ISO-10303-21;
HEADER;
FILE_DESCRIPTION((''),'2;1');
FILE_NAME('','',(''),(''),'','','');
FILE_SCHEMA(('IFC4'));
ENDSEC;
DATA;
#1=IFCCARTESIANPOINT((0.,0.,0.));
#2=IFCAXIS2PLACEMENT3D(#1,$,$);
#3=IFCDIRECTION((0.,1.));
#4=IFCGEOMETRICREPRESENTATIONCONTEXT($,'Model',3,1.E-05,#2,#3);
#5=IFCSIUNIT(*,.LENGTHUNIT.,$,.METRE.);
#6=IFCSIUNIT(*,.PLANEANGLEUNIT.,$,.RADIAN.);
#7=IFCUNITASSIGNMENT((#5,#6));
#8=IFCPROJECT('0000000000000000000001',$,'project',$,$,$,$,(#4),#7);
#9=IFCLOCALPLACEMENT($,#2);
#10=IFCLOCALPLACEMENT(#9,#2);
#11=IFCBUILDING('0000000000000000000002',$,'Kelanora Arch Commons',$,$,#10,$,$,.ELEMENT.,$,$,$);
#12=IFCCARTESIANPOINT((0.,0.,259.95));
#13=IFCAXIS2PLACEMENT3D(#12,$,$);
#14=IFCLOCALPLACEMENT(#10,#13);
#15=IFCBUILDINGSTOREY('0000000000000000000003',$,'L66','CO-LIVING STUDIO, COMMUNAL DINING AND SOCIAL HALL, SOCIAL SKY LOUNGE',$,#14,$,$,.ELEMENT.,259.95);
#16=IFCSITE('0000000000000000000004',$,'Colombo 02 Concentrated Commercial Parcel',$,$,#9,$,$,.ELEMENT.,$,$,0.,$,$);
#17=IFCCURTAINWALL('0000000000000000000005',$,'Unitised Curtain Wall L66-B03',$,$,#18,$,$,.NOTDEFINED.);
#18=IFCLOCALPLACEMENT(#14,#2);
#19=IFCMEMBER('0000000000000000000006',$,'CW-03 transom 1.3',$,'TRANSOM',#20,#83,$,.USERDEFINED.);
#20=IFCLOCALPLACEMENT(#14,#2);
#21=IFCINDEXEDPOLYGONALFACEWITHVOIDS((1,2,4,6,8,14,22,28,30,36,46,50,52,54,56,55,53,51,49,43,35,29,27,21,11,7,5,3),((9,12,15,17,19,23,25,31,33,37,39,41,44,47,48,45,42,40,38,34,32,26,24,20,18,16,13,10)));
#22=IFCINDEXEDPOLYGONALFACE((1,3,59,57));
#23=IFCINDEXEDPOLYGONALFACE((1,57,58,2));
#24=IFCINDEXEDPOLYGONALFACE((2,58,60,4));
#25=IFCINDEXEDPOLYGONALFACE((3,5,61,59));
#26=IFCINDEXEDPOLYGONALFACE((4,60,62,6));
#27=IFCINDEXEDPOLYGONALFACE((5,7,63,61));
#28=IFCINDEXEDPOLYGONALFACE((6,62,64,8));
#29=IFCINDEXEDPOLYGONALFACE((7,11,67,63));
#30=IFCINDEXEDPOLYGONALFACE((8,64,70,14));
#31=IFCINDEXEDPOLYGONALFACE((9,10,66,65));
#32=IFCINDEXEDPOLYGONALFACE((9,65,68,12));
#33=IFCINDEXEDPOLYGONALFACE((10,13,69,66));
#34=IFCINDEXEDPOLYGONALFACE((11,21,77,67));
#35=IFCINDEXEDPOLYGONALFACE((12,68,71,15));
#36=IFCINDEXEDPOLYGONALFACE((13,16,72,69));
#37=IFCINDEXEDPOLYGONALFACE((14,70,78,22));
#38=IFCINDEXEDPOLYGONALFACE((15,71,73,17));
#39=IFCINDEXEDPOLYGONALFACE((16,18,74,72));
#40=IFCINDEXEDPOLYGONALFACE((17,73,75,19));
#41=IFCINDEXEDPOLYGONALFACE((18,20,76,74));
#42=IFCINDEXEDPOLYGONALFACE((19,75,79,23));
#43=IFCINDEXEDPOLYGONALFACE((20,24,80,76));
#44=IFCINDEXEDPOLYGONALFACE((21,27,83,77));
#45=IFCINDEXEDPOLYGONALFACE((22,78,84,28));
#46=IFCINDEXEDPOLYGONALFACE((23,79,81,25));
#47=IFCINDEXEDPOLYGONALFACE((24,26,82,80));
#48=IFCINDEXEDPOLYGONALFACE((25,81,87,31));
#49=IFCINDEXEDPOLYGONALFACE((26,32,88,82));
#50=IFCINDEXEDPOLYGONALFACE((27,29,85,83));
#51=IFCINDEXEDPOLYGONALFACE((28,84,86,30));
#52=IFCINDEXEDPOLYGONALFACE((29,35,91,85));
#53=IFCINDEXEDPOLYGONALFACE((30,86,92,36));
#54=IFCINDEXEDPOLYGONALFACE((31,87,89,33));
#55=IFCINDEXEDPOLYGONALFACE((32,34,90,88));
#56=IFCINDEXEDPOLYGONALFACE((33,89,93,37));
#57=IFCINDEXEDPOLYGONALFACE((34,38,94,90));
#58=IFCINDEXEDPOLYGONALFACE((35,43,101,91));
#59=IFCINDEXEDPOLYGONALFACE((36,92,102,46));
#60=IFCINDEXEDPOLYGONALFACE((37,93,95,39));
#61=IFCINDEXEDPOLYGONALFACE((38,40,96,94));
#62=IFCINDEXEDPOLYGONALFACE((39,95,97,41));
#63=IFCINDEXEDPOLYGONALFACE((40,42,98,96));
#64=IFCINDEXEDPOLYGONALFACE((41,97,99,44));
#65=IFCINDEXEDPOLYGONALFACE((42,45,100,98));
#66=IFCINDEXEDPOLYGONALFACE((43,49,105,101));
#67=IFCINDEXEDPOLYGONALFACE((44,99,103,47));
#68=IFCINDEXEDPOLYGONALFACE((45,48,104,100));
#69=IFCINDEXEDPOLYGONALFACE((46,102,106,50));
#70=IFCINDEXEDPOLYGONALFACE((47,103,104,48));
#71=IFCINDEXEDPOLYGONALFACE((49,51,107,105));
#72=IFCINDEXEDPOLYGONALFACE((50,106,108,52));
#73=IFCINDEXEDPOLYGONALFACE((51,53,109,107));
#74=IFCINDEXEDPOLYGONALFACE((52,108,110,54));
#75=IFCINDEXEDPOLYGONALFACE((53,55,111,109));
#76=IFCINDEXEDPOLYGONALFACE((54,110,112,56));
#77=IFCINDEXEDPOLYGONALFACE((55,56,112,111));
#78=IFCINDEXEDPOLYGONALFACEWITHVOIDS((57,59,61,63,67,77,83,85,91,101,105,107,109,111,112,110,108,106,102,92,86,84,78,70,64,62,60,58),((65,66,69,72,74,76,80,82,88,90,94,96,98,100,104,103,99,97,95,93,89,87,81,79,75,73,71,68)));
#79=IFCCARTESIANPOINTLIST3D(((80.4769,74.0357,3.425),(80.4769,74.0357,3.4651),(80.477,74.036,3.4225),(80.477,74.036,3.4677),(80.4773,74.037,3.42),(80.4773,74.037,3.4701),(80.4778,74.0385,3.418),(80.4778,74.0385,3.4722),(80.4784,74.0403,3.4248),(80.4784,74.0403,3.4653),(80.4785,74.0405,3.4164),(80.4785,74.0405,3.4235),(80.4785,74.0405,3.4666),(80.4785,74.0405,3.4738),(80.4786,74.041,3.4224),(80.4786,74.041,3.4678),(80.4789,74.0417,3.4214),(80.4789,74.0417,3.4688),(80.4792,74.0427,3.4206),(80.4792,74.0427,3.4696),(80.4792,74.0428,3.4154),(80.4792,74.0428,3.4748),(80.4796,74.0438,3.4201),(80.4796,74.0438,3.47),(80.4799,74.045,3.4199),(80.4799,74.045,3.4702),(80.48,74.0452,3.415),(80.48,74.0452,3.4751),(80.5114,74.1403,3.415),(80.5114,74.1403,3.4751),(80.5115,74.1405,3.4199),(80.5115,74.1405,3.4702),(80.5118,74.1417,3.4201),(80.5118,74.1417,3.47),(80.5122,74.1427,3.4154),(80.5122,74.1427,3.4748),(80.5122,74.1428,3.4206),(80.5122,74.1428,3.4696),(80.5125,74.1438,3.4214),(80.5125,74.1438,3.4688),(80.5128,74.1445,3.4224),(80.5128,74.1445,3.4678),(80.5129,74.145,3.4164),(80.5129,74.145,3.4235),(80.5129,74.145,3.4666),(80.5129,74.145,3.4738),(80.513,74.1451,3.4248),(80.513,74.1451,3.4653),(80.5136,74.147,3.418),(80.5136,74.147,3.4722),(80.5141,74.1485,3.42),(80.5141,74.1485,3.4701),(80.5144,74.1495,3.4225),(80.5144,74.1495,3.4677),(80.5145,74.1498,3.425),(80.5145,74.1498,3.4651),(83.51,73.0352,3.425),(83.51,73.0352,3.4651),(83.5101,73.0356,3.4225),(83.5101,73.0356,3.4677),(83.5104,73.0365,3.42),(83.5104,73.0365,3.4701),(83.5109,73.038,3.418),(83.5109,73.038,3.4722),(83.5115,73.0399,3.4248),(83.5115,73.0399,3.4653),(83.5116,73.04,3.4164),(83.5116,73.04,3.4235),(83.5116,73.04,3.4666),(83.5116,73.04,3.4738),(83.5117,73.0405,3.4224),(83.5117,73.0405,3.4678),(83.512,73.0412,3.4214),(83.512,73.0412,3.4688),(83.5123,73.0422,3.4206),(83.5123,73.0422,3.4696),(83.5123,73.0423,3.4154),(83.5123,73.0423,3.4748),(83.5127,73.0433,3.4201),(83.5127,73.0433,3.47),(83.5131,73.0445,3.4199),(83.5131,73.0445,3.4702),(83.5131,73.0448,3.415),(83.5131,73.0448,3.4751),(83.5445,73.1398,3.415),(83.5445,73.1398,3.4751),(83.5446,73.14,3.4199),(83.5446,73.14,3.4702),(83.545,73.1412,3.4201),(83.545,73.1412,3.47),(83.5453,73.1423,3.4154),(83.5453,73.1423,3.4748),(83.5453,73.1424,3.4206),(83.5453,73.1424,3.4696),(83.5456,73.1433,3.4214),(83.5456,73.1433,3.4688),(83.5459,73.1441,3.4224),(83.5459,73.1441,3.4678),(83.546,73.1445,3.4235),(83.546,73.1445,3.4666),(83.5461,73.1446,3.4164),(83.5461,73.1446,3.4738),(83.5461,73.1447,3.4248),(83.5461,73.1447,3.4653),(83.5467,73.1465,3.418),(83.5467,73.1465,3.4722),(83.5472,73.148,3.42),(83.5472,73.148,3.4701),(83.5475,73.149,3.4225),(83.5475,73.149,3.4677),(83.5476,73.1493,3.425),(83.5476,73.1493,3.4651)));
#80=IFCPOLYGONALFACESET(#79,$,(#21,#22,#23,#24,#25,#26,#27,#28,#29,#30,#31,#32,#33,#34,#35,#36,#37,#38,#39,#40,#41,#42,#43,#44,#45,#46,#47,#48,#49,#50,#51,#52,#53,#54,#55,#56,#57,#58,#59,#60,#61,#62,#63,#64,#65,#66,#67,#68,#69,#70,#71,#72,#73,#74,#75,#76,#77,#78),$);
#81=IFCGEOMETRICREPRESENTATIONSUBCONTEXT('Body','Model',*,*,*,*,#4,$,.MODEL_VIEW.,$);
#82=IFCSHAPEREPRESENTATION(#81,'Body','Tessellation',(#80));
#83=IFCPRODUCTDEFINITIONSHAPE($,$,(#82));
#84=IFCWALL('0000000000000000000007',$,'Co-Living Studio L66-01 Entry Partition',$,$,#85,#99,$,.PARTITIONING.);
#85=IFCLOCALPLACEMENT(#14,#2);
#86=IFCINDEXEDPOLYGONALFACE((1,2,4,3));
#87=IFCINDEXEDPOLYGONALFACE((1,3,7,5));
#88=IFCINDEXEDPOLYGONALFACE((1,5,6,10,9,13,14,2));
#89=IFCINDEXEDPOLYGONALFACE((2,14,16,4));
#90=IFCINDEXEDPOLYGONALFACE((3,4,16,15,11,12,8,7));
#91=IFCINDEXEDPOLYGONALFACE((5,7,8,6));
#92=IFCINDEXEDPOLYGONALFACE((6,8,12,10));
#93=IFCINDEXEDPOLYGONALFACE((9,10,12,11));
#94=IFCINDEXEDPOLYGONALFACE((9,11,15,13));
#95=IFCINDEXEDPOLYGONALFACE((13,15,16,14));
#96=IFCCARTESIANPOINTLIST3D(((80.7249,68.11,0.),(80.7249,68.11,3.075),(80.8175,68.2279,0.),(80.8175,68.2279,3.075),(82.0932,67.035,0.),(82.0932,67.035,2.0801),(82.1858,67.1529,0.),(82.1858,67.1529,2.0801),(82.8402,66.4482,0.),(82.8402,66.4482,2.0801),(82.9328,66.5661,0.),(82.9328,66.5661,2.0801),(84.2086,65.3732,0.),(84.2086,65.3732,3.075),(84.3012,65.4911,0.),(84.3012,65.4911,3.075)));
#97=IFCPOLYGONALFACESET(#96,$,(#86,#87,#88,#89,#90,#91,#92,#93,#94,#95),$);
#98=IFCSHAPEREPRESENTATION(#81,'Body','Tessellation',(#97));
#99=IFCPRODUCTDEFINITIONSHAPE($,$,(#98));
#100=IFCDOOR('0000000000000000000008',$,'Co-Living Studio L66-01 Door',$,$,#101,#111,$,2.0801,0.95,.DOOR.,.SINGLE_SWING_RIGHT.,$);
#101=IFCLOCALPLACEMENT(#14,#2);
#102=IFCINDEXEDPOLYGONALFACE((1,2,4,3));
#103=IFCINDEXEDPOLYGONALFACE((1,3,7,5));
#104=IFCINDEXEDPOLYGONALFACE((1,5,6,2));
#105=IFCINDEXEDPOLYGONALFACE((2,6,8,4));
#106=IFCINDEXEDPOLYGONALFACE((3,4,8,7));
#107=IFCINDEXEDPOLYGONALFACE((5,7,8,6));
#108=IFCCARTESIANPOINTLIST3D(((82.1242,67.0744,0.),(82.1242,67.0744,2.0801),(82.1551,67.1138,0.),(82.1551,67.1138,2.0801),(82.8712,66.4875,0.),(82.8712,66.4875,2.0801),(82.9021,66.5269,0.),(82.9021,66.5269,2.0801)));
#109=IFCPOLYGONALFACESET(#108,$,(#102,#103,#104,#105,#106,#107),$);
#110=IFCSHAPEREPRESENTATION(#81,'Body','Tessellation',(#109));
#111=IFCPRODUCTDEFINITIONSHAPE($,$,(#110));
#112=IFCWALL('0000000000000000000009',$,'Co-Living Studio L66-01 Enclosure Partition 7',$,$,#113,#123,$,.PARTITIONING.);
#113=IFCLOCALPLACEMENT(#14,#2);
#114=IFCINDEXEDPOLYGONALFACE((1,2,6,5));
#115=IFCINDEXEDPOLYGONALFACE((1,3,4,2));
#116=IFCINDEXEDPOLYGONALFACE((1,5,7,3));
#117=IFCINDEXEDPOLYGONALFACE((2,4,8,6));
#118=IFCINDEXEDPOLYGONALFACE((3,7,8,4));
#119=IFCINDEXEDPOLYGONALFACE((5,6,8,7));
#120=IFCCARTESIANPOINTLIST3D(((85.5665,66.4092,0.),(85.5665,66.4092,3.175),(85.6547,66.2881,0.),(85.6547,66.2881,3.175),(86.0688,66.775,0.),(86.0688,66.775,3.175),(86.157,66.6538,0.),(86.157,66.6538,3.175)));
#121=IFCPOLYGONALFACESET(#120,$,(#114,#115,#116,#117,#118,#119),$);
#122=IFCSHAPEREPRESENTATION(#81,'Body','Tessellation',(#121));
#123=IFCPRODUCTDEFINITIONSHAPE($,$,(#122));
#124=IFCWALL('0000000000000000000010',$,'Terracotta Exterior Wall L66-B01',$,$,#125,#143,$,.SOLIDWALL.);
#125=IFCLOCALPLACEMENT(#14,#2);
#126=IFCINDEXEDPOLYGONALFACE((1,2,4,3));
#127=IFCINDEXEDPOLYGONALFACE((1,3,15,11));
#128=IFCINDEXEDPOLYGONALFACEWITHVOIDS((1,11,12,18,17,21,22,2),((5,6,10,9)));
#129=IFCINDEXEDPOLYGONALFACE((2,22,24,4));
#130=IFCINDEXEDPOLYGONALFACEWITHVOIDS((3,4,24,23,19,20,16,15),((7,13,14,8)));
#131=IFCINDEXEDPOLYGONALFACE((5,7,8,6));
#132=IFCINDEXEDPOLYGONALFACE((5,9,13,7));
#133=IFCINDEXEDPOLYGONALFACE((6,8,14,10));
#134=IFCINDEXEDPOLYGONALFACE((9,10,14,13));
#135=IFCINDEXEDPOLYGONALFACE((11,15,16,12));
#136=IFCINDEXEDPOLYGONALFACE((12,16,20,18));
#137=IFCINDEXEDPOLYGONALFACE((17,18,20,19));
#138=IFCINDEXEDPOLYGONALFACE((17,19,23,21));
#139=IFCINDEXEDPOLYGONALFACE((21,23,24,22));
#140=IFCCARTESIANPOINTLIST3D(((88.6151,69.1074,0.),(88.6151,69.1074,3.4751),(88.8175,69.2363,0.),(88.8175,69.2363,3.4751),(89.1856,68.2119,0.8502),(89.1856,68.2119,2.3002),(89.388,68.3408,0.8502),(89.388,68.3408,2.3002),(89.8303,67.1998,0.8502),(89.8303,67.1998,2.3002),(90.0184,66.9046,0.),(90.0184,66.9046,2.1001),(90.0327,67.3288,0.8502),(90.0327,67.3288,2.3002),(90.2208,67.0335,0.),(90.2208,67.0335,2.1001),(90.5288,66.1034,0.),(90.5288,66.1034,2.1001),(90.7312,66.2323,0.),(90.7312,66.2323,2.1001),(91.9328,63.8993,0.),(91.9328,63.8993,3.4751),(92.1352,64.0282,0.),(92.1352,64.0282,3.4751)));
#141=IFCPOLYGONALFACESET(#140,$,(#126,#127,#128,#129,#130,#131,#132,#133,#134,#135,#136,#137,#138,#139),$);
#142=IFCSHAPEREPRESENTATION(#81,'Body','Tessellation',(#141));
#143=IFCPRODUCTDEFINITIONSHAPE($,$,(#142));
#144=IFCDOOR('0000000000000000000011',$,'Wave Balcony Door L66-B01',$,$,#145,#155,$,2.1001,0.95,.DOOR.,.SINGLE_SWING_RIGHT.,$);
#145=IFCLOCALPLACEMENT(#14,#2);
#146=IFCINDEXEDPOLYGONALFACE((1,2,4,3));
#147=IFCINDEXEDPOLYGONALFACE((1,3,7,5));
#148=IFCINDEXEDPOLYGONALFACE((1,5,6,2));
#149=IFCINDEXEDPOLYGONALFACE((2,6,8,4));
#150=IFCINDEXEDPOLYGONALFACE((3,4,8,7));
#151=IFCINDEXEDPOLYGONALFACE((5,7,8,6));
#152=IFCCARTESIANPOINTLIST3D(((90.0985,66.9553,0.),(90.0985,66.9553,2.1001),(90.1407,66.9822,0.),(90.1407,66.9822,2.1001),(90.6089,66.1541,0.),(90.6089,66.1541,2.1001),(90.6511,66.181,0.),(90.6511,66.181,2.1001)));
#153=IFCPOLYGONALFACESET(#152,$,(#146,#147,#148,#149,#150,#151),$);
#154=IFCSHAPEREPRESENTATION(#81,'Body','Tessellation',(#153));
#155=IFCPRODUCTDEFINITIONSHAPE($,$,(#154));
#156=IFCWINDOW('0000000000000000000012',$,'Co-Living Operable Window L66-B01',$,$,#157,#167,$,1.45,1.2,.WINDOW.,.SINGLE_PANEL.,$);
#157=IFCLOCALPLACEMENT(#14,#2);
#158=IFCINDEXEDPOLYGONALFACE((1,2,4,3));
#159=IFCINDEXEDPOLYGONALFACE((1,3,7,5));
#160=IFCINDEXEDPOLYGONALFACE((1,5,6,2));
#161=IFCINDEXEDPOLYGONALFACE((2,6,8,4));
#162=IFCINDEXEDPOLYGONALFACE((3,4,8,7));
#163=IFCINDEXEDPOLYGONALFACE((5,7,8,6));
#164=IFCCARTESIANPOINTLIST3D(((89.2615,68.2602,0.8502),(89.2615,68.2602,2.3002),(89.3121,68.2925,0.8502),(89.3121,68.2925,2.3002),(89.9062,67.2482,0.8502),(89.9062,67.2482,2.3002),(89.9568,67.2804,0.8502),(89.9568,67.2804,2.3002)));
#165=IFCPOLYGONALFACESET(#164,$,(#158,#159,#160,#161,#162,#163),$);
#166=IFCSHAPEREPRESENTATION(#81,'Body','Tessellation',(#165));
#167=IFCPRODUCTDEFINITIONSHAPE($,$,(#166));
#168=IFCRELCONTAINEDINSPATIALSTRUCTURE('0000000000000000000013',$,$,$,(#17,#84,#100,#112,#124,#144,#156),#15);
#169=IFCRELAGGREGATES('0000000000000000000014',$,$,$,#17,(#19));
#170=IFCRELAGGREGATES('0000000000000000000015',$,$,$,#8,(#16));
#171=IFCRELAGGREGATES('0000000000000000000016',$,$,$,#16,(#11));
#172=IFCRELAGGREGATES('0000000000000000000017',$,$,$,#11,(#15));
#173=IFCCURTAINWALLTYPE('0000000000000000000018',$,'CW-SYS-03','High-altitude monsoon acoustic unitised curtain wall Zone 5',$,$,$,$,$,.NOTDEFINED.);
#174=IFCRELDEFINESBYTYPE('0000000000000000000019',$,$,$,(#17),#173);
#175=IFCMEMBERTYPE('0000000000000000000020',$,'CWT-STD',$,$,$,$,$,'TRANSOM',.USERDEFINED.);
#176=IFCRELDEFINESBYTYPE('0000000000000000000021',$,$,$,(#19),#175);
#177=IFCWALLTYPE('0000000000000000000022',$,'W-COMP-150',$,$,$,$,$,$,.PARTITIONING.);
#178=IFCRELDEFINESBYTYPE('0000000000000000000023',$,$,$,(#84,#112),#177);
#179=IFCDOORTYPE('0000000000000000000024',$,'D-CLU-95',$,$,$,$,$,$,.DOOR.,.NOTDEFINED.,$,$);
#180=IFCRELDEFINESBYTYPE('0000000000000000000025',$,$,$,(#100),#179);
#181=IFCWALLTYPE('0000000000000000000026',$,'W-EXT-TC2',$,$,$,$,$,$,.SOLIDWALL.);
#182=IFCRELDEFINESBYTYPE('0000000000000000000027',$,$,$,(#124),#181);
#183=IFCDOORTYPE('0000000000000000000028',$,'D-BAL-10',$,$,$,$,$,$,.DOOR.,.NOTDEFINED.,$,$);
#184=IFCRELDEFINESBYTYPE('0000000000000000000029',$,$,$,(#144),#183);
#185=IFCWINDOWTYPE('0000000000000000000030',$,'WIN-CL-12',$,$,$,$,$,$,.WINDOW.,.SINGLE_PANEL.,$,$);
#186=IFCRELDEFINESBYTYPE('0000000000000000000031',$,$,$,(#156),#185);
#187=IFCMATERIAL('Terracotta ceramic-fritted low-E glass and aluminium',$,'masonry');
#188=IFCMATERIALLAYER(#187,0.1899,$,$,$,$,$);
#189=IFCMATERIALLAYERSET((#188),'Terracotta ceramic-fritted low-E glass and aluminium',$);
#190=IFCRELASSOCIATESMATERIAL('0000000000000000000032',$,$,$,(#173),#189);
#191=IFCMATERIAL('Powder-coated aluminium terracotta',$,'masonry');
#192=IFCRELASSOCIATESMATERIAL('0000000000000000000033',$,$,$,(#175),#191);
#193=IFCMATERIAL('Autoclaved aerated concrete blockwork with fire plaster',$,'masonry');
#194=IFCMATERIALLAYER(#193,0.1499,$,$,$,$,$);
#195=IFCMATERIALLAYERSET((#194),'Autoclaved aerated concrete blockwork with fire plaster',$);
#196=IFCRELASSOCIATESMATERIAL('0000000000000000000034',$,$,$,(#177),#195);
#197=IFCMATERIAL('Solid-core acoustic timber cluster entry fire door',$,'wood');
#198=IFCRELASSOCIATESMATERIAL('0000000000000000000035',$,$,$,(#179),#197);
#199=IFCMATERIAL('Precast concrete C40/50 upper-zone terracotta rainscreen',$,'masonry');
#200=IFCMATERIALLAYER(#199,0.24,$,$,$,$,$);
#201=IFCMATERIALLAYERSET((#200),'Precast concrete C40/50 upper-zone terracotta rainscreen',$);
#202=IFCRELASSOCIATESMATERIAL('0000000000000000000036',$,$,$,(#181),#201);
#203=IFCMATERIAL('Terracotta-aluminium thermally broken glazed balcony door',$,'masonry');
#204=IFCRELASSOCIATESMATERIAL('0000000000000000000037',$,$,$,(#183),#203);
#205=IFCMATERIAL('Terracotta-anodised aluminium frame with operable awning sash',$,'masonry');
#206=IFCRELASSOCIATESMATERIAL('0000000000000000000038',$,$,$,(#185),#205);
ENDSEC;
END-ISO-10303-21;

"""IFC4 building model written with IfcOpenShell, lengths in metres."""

from ifc_helpers import new_model, si_unit, direction, frame, frame_2d, origin, origin_2d, place, context, subcontext, project, spatial, rectangle, hollow_rectangle, extrude, material, layer, layer_set, material_profile, profile_set, type_object, element, fill, aggregate, save


model = new_model("IFC4")

# Units and contexts
model_context = context("Model", 3, precision=1e-05, world=origin(), true_north=direction((0.0, 1.0)))
body_context = subcontext(model_context, "Body", "Model", "MODEL_VIEW")
ifc_project = project(units=[si_unit("LENGTHUNIT", "METRE"), si_unit("PLANEANGLEUNIT", "RADIAN")], contexts=[model_context])

# Site, building, storey
site_placement = place(None, origin())
site = spatial("IfcSite", under=ifc_project, at=site_placement, Name="Colombo 02 Concentrated Commercial Parcel", CompositionType="ELEMENT", RefElevation=0.0)
building_placement = place(site_placement, origin())
building = spatial("IfcBuilding", under=site, at=building_placement, Name="Kelanora Arch Commons", CompositionType="ELEMENT")
storey_placement = place(building_placement, frame((0.0, 0.0, 259.95)))
storey = spatial("IfcBuildingStorey", under=building, at=storey_placement, Name="L66", Description="CO-LIVING STUDIO, COMMUNAL DINING AND SOCIAL HALL, SOCIAL SKY LOUNGE", CompositionType="ELEMENT", Elevation=259.95)

# Shared definitions
ifc_material_1 = material(Name="Terracotta ceramic-fritted low-E glass and aluminium", Category="masonry")
ifc_layer_1 = layer(ifc_material_1, 0.1899)
ifc_layer_set_1 = layer_set([ifc_layer_1], Name="Terracotta ceramic-fritted low-E glass and aluminium")
curtain_wall_type = type_object("IfcCurtainWallType", Name="CW-SYS-03", Description="High-altitude monsoon acoustic unitised curtain wall Zone 5", PredefinedType="NOTDEFINED", material=ifc_layer_set_1)
ifc_material_2 = material(Name="Powder-coated aluminium terracotta", Category="masonry")

# Curtain wall, member
curtain_wall_1_placement = place(storey_placement, origin())
curtain_wall_1 = element("IfcCurtainWall", 1, at=curtain_wall_1_placement, inside=storey, type_object=curtain_wall_type, Name="Unitised Curtain Wall L66-B03", PredefinedType="NOTDEFINED")
ifc_material_profile_1 = material_profile(ifc_material_2, hollow_rectangle(XDim=0.1201, YDim=0.0601, WallThickness=0.0049, InnerFilletRadius=0.0049, OuterFilletRadius=0.01, at=origin_2d()), Name="CWT120x60")
ifc_profile_set_1 = profile_set([ifc_material_profile_1], Name="Powder-coated aluminium terracotta")
member_type_1 = type_object("IfcMemberType", Name="CWT-STD", ElementType="TRANSOM", PredefinedType="USERDEFINED", material=ifc_profile_set_1)
member_1_placement = place(storey_placement, frame((83.5288, 73.0923, 3.4451), z_axis=(-0.949672, 0.313245, 0.0), x_axis=(-0.313245, -0.949672, 0.0)))
member_1 = element("IfcMember", 2, at=member_1_placement, type_object=member_type_1, Name="CW-03 transom 1.3", ObjectType="TRANSOM", PredefinedType="USERDEFINED", context=body_context, shape_type="SweptSolid", body=[
    extrude(hollow_rectangle(XDim=0.1201, YDim=0.0601, WallThickness=0.0049, InnerFilletRadius=0.0049, OuterFilletRadius=0.01, at=origin_2d()), origin(), (0.0, 0.0, 1.0), 3.1938),
])
aggregate(curtain_wall_1, [member_1])

# Wall, opening, door
ifc_material_3 = material(Name="Autoclaved aerated concrete blockwork with fire plaster", Category="masonry")
ifc_layer_2 = layer(ifc_material_3, 0.1499)
ifc_layer_set_2 = layer_set([ifc_layer_2], Name="Autoclaved aerated concrete blockwork with fire plaster")
wall_type_1 = type_object("IfcWallType", Name="W-COMP-150", PredefinedType="PARTITIONING", material=ifc_layer_set_2)
wall_1_placement = place(storey_placement, frame((84.2549, 65.4321, 0.0), z_axis=(0.0, 0.0, 1.0), x_axis=(-0.786355, 0.617775, 0.0)))
wall_1 = element("IfcWall", 3, at=wall_1_placement, inside=storey, type_object=wall_type_1, Name="Co-Living Studio L66-01 Entry Partition", PredefinedType="PARTITIONING", context=body_context, shape_type="SweptSolid", body=[
    extrude(rectangle(XDim=4.4302, YDim=0.1499, at=frame_2d((2.2151, 0.0))), origin(), (0.0, 0.0, 1.0), 3.075),
])
opening_1_placement = place(wall_1_placement, frame((1.74, 0.0, 0.0)))
opening_1 = element("IfcOpeningElement", 4, at=opening_1_placement, cuts=wall_1, PredefinedType="OPENING", context=body_context, shape_type="SweptSolid", body=[
    extrude(rectangle(XDim=0.95, YDim=2.0801, at=frame_2d((0.4751, 1.04))), frame((0.0, 0.085, 0.0), z_axis=(0.0, -1.0, 0.0), x_axis=(1.0, 0.0, 0.0)), (0.0, 0.0, 1.0), 0.1699),
])
ifc_material_4 = material(Name="Solid-core acoustic timber cluster entry fire door", Category="wood")
door_type_1 = type_object("IfcDoorType", Name="D-CLU-95", OperationType="NOTDEFINED", PredefinedType="DOOR", material=ifc_material_4)
door_1_placement = place(opening_1_placement, origin())
door_1 = element("IfcDoor", 5, at=door_1_placement, inside=storey, type_object=door_type_1, Name="Co-Living Studio L66-01 Door", OperationType="SINGLE_SWING_RIGHT", OverallHeight=2.0801, OverallWidth=0.95, PredefinedType="DOOR", context=body_context, shape_type="SweptSolid", body=[
    extrude(rectangle(XDim=0.95, YDim=2.0801, at=frame_2d((0.4751, 1.04))), frame((0.0, 0.0249, 0.0), z_axis=(0.0, -1.0, 0.0), x_axis=(1.0, 0.0, 0.0)), (0.0, 0.0, 1.0), 0.05),
])
fill(opening_1, door_1)

# Wall
wall_2_placement = place(storey_placement, frame((86.1128, 66.7144, 0.0), z_axis=(0.0, 0.0, 1.0), x_axis=(-0.808362, -0.588686, 0.0)))
element("IfcWall", 6, at=wall_2_placement, inside=storey, type_object=wall_type_1, Name="Co-Living Studio L66-01 Enclosure Partition 7", PredefinedType="PARTITIONING", context=body_context, shape_type="SweptSolid", body=[
    extrude(rectangle(XDim=0.6213, YDim=0.1499, at=frame_2d((0.3105, 0.0))), origin(), (0.0, 0.0, 1.0), 3.175),
])

# Wall, openings, door, window
ifc_material_5 = material(Name="Precast concrete C40/50 upper-zone terracotta rainscreen", Category="masonry")
ifc_layer_3 = layer(ifc_material_5, 0.24)
ifc_layer_set_3 = layer_set([ifc_layer_3], Name="Precast concrete C40/50 upper-zone terracotta rainscreen")
wall_type_2 = type_object("IfcWallType", Name="W-EXT-TC2", PredefinedType="SOLIDWALL", material=ifc_layer_set_3)
wall_3_placement = place(storey_placement, frame((92.0339, 63.9639, 0.0), z_axis=(0.0, 0.0, 1.0), x_axis=(-0.537272, 0.843409, 0.0)))
wall_3 = element("IfcWall", 7, at=wall_3_placement, inside=storey, type_object=wall_type_2, Name="Terracotta Exterior Wall L66-B01", PredefinedType="SOLIDWALL", context=body_context, shape_type="SweptSolid", body=[
    extrude(rectangle(XDim=6.175, YDim=0.24, at=frame_2d((3.0874, 0.0))), origin(), (0.0, 0.0, 1.0), 3.4751),
])
opening_2_placement = place(wall_3_placement, frame((2.613, 0.0, 0.0)))
opening_2 = element("IfcOpeningElement", 8, at=opening_2_placement, cuts=wall_3, PredefinedType="OPENING", context=body_context, shape_type="SweptSolid", body=[
    extrude(rectangle(XDim=0.95, YDim=2.1001, at=frame_2d((0.4751, 1.05))), frame((0.0, 0.1299, 0.0), z_axis=(0.0, -1.0, 0.0), x_axis=(1.0, 0.0, 0.0)), (0.0, 0.0, 1.0), 0.26),
])
opening_3_placement = place(wall_3_placement, frame((3.9131, 0.0, 0.8501)))
opening_3 = element("IfcOpeningElement", 9, at=opening_3_placement, cuts=wall_3, PredefinedType="OPENING", context=body_context, shape_type="SweptSolid", body=[
    extrude(rectangle(XDim=1.2, YDim=1.45, at=frame_2d((0.6001, 0.7251))), frame((0.0, 0.1299, 0.0), z_axis=(0.0, -1.0, 0.0), x_axis=(1.0, 0.0, 0.0)), (0.0, 0.0, 1.0), 0.26),
])
ifc_material_6 = material(Name="Terracotta-aluminium thermally broken glazed balcony door", Category="masonry")
door_type_2 = type_object("IfcDoorType", Name="D-BAL-10", OperationType="NOTDEFINED", PredefinedType="DOOR", material=ifc_material_6)
door_2_placement = place(opening_2_placement, frame((0.95, 0.0, 0.0), z_axis=(0.0, 0.0, 1.0), x_axis=(-1.0, 0.0, 0.0)))
door_2 = element("IfcDoor", 10, at=door_2_placement, inside=storey, type_object=door_type_2, Name="Wave Balcony Door L66-B01", OperationType="SINGLE_SWING_RIGHT", OverallHeight=2.1001, OverallWidth=0.95, PredefinedType="DOOR", context=body_context, shape_type="SweptSolid", body=[
    extrude(rectangle(XDim=0.95, YDim=2.1001, at=frame_2d((0.4751, 1.05))), frame((0.0, 0.0249, 0.0), z_axis=(0.0, -1.0, 0.0), x_axis=(1.0, 0.0, 0.0)), (0.0, 0.0, 1.0), 0.05),
])
fill(opening_2, door_2)
ifc_material_7 = material(Name="Terracotta-anodised aluminium frame with operable awning sash", Category="masonry")
window_type = type_object("IfcWindowType", Name="WIN-CL-12", PartitioningType="SINGLE_PANEL", PredefinedType="WINDOW", material=ifc_material_7)
window_1_placement = place(opening_3_placement, origin())
window_1 = element("IfcWindow", 11, at=window_1_placement, inside=storey, type_object=window_type, Name="Co-Living Operable Window L66-B01", OverallHeight=1.45, OverallWidth=1.2, PartitioningType="SINGLE_PANEL", PredefinedType="WINDOW", context=body_context, shape_type="SweptSolid", body=[
    extrude(rectangle(XDim=1.2, YDim=1.45, at=frame_2d((0.6001, 0.7251))), frame((0.0, 0.03, 0.0), z_axis=(0.0, -1.0, 0.0), x_axis=(1.0, 0.0, 0.0)), (0.0, 0.0, 1.0), 0.0601),
])
fill(opening_3, window_1)

save(model, "model.ifc")
